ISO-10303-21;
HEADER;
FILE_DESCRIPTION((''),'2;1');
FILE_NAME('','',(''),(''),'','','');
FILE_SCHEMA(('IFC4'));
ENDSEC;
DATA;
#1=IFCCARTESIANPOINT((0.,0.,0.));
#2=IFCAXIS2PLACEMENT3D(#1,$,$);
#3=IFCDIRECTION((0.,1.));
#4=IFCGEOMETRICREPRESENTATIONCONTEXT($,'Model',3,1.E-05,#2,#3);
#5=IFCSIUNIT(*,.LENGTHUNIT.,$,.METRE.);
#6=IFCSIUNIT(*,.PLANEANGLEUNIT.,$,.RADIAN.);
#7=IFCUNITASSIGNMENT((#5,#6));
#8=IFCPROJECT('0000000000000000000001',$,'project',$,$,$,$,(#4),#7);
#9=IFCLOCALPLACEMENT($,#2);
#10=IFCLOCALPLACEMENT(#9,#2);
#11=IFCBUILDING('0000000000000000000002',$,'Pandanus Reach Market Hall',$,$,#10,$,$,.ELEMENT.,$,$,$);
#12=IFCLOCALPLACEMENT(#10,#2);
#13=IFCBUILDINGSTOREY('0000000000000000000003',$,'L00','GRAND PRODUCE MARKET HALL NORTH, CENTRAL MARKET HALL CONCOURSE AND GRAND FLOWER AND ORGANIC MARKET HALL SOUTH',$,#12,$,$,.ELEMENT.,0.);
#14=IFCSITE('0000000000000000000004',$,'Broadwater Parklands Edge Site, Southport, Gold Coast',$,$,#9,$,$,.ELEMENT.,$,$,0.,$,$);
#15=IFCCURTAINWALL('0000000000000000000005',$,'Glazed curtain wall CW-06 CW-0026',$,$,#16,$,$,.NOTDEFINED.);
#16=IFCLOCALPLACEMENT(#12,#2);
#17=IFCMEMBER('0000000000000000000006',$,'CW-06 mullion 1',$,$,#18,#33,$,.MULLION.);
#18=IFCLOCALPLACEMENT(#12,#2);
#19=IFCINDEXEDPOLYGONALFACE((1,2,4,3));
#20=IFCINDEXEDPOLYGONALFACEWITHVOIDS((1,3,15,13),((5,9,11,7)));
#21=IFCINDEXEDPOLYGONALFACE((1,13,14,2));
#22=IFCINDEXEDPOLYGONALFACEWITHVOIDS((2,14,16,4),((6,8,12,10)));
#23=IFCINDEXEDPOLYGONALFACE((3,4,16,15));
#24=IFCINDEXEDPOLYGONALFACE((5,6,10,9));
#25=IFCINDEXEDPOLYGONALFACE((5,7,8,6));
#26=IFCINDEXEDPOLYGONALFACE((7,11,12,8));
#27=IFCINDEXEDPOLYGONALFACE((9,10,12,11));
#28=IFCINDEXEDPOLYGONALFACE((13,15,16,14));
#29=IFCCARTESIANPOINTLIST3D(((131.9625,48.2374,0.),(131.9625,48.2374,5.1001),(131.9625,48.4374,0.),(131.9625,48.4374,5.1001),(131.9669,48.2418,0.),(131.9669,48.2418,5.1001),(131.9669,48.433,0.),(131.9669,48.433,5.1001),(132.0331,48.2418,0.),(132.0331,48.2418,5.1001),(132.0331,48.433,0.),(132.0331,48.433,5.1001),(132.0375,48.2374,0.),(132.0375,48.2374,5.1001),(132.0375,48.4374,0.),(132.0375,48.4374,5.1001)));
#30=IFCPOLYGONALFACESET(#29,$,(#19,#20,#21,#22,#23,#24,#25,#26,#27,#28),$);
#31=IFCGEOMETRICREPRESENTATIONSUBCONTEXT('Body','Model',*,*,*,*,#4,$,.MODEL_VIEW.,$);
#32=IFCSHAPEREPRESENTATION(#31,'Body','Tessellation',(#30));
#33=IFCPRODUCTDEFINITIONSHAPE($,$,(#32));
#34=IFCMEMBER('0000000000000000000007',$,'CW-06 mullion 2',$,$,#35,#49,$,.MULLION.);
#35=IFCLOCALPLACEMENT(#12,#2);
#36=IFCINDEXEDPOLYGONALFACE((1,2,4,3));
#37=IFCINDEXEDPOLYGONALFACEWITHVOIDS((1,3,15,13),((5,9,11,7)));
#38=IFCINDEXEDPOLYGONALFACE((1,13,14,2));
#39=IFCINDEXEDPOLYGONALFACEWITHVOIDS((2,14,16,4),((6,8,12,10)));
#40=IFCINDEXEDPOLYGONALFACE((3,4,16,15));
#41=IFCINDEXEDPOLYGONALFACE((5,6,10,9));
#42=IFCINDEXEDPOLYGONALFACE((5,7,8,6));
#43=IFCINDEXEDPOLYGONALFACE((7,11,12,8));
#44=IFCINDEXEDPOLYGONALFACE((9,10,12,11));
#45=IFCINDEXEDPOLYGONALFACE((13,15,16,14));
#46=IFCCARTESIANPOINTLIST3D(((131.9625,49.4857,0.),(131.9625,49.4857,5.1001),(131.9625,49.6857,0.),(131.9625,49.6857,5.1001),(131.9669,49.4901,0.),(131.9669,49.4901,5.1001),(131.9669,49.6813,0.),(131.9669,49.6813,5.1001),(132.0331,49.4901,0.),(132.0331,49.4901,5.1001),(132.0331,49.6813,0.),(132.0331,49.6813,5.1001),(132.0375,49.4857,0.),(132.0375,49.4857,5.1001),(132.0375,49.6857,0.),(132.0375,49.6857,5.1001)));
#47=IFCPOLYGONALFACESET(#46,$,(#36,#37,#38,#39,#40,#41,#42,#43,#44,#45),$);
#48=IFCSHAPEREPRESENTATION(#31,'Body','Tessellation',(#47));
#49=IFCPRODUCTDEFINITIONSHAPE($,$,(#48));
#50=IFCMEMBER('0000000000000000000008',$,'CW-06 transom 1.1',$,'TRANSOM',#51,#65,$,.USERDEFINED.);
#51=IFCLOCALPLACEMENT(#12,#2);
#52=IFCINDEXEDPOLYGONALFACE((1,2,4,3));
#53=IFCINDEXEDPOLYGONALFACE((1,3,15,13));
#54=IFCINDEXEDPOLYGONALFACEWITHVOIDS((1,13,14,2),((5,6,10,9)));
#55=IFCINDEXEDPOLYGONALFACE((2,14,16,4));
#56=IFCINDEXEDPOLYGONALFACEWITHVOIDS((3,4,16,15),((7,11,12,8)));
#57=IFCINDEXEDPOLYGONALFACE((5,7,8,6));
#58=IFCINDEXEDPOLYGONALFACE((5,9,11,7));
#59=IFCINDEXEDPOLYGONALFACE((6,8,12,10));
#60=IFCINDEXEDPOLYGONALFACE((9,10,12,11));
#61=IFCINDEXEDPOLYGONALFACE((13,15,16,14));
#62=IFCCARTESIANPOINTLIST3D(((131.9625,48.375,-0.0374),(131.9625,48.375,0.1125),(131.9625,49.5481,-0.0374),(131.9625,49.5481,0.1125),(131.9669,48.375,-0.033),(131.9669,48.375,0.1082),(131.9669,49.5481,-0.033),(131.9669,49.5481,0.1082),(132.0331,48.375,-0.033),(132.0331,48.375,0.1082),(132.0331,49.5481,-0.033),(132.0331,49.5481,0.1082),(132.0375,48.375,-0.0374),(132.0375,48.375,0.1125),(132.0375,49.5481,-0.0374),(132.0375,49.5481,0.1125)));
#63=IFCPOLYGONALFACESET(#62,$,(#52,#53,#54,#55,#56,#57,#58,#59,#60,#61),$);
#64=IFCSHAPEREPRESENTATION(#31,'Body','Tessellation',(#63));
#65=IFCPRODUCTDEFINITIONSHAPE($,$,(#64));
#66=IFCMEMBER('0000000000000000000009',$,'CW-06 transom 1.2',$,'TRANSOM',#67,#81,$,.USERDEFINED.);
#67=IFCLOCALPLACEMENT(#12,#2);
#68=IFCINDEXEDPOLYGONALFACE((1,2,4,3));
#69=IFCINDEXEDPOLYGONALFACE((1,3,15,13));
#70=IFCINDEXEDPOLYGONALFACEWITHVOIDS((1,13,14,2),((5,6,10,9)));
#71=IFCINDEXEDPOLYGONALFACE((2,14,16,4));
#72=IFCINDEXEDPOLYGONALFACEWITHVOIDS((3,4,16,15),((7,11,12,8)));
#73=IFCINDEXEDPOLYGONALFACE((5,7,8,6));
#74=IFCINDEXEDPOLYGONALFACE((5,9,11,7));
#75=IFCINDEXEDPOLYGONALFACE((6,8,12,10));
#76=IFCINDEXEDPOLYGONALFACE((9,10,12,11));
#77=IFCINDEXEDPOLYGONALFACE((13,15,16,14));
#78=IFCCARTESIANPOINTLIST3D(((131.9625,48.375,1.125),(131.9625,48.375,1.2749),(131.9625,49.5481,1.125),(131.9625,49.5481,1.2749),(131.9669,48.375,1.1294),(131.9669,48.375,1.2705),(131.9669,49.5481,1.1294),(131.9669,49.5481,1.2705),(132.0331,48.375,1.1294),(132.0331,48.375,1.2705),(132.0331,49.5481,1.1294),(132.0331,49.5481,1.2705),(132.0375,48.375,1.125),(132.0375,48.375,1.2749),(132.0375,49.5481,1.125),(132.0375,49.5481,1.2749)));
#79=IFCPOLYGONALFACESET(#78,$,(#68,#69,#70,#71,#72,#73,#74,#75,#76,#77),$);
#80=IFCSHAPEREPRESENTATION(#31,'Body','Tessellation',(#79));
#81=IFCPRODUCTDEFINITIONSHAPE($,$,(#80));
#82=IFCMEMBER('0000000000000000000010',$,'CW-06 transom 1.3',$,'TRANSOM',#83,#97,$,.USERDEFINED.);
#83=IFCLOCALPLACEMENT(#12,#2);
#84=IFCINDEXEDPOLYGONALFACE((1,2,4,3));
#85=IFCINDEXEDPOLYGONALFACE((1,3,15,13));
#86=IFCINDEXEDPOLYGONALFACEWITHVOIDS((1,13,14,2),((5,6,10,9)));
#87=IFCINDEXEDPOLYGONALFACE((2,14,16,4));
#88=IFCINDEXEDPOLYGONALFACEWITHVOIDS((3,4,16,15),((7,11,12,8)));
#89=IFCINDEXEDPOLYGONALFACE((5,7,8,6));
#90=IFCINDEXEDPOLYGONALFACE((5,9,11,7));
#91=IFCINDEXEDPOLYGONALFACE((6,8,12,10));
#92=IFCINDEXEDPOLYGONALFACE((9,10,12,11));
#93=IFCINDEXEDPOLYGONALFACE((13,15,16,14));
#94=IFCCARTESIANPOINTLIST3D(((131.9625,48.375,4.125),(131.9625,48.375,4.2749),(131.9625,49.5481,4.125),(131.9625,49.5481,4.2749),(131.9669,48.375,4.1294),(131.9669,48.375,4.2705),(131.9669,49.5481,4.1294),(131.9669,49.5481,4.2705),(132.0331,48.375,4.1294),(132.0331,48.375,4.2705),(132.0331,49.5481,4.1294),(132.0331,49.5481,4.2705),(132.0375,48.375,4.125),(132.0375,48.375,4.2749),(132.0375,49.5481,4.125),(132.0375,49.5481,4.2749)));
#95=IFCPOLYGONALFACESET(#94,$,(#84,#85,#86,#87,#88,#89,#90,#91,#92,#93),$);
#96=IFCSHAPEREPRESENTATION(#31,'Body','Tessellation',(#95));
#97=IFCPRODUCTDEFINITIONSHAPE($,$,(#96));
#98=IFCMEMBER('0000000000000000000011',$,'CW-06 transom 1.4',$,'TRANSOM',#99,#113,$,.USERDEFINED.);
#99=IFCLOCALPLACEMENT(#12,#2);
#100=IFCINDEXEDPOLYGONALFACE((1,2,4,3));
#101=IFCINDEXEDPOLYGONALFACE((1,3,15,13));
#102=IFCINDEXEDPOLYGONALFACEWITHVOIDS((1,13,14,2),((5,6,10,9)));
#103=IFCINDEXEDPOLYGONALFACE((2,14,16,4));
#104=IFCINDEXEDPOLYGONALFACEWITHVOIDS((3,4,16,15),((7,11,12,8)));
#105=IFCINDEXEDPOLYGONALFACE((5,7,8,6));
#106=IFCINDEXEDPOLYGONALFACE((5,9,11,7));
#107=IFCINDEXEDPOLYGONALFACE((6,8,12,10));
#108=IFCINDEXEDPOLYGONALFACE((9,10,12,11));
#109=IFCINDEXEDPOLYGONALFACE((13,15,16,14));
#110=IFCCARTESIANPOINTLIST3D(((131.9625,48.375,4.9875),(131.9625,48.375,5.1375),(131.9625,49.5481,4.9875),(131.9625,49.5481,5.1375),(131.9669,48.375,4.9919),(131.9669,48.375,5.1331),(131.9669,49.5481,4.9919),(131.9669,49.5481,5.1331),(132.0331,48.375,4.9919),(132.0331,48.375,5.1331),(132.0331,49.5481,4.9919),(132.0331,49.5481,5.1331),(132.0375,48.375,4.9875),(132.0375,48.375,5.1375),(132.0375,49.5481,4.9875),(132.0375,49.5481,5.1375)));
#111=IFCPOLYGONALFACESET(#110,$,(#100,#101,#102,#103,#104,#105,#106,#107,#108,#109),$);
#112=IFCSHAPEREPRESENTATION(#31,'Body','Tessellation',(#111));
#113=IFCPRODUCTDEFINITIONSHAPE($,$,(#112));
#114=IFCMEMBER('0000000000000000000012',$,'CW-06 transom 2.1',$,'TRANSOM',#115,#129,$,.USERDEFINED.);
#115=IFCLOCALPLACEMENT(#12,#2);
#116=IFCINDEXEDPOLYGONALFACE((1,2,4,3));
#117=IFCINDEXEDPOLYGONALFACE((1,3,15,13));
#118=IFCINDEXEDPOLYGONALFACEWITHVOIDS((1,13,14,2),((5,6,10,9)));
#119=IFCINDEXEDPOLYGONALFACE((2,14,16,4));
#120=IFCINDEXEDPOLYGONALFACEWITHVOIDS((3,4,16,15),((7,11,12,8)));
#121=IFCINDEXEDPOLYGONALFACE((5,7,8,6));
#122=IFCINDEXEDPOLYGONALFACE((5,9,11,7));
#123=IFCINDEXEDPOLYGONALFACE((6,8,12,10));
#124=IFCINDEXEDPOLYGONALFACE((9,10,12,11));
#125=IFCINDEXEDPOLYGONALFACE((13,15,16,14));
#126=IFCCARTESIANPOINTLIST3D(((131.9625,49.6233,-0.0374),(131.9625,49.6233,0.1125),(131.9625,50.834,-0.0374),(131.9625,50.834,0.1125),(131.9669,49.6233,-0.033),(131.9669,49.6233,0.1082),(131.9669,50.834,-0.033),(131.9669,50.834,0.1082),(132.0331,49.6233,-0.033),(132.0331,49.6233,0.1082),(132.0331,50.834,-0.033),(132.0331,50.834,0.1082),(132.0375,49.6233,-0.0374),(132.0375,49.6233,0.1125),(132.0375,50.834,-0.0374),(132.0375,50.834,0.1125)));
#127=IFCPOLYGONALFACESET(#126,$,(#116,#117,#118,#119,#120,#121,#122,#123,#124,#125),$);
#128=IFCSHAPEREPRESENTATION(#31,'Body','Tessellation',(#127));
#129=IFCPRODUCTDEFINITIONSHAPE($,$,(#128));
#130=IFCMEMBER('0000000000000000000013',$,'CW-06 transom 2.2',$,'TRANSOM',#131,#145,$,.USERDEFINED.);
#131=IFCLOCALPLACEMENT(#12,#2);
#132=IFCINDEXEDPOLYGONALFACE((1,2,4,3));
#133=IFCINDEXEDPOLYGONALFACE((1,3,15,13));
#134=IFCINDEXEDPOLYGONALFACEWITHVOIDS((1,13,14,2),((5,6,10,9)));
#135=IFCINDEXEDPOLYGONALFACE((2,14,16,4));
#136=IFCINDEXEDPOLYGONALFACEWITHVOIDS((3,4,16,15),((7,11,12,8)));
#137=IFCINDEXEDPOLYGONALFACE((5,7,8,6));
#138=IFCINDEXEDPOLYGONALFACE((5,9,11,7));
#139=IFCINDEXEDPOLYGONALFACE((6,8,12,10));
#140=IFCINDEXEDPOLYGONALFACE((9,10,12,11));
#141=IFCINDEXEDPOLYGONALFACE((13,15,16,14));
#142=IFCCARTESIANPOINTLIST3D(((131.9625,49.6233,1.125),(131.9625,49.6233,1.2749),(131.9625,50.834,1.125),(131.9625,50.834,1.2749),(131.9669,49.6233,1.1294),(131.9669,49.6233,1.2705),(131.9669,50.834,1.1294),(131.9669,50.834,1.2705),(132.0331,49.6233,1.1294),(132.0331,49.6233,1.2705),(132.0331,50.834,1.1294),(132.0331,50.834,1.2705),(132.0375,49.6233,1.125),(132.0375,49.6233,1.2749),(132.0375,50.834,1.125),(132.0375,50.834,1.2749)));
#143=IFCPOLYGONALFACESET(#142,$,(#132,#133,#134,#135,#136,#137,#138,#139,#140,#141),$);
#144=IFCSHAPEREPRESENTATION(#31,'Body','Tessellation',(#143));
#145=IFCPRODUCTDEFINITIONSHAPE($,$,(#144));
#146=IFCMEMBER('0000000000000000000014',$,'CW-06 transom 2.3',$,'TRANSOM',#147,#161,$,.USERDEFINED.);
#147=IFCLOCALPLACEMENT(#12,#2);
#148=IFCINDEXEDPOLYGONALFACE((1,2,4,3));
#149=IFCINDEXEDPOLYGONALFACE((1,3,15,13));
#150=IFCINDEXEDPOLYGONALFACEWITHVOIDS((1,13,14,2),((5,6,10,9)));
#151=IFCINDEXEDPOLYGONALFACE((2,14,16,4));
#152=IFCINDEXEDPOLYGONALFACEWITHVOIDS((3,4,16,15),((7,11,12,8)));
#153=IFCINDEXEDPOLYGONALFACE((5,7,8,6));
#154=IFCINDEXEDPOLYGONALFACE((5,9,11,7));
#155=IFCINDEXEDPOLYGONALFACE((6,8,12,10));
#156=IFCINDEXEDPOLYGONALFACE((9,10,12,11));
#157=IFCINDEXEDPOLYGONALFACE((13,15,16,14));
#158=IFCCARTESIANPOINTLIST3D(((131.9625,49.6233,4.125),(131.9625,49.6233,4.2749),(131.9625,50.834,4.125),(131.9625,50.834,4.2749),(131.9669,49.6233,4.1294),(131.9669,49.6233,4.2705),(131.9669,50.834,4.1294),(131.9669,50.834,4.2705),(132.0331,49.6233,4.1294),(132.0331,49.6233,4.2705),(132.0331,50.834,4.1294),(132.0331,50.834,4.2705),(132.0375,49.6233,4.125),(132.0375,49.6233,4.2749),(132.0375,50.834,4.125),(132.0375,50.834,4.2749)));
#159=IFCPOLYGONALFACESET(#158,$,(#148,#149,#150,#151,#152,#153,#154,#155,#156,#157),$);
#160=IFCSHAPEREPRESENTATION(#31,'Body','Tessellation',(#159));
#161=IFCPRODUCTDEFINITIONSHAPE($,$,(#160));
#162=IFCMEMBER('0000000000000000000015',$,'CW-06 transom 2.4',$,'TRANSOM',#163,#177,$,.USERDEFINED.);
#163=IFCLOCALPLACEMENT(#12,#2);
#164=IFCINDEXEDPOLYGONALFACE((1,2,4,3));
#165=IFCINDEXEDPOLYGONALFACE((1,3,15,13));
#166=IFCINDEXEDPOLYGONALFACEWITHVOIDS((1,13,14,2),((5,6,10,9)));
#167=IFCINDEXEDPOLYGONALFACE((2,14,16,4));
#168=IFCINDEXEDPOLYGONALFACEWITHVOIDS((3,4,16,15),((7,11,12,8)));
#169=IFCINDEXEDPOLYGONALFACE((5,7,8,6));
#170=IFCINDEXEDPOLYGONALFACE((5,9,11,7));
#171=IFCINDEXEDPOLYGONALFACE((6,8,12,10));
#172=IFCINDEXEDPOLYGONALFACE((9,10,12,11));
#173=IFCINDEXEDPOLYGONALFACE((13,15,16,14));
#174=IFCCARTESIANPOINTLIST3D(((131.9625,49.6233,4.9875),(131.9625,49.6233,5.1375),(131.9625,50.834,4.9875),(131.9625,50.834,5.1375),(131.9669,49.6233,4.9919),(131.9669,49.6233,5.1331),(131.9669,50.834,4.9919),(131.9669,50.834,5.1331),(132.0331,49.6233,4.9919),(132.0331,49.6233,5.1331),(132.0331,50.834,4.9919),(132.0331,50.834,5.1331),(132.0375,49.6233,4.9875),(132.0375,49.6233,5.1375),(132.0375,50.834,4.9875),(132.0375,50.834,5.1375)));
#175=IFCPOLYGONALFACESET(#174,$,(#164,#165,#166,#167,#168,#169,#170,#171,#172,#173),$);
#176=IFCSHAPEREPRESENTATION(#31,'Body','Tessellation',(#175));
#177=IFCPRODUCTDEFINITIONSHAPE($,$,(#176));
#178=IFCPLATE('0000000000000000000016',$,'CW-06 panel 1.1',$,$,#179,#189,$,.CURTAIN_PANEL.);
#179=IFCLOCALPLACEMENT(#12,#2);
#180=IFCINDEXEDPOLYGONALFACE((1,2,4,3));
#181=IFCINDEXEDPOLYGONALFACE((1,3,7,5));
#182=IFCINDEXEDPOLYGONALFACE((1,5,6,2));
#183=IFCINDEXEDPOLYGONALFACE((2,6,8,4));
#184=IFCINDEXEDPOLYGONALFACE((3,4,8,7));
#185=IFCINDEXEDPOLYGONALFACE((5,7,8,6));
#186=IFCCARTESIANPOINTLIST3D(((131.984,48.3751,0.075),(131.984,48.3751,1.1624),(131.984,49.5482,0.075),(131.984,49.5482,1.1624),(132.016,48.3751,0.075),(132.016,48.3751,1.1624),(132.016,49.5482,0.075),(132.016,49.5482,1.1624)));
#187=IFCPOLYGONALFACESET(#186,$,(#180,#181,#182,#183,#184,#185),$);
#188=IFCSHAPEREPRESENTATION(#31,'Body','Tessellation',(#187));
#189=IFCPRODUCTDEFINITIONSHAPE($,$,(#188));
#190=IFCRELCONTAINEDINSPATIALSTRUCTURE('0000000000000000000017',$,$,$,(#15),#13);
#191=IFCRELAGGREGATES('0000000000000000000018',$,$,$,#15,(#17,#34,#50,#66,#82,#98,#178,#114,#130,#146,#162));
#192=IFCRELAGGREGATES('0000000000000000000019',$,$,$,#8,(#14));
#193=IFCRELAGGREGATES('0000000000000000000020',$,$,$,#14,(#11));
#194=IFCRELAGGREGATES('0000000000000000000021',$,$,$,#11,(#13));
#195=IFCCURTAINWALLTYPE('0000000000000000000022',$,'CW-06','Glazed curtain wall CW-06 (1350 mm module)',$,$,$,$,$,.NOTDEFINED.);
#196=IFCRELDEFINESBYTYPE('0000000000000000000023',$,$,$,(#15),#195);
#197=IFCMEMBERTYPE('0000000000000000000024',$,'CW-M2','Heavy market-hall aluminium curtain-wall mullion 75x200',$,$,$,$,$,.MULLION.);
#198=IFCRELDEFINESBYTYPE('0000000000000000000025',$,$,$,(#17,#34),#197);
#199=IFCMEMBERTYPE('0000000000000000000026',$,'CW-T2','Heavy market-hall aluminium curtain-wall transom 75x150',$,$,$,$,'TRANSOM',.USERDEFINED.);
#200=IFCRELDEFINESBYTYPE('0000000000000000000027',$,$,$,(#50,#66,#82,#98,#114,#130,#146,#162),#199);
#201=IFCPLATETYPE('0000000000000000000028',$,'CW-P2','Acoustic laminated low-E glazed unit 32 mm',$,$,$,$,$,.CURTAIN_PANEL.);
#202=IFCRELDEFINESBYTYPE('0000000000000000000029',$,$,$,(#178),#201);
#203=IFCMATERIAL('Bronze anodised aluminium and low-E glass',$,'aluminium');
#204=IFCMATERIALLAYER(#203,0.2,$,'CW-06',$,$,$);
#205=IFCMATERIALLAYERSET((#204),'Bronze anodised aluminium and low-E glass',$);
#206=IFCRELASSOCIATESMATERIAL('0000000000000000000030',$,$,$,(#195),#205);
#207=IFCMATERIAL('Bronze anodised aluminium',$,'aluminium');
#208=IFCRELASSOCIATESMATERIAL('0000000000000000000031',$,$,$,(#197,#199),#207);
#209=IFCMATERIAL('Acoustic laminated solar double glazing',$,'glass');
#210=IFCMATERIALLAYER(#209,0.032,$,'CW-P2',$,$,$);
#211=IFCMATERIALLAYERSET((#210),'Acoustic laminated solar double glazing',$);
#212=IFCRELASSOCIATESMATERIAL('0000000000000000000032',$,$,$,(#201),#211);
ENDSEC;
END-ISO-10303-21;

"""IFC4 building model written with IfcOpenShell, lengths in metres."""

from ifc_helpers import new_model, si_unit, direction, frame, origin, origin_2d, place, context, subcontext, project, spatial, rectangle, hollow_rectangle, extrude, material, layer, layer_set, material_profile, profile_set, type_object, element, aggregate, save


model = new_model("IFC4")

# Units and contexts
model_context = context("Model", 3, precision=1e-05, world=origin(), true_north=direction((0.0, 1.0)))
body_context = subcontext(model_context, "Body", "Model", "MODEL_VIEW")
ifc_project = project(units=[si_unit("LENGTHUNIT", "METRE"), si_unit("PLANEANGLEUNIT", "RADIAN")], contexts=[model_context])

# Site, building, storey
site_placement = place(None, origin())
site = spatial("IfcSite", under=ifc_project, at=site_placement, Name="Broadwater Parklands Edge Site, Southport, Gold Coast", CompositionType="ELEMENT", RefElevation=0.0)
building_placement = place(site_placement, origin())
building = spatial("IfcBuilding", under=site, at=building_placement, Name="Pandanus Reach Market Hall", CompositionType="ELEMENT")
storey_placement = place(building_placement, origin())
storey = spatial("IfcBuildingStorey", under=building, at=storey_placement, Name="L00", Description="GRAND PRODUCE MARKET HALL NORTH, CENTRAL MARKET HALL CONCOURSE AND GRAND FLOWER AND ORGANIC MARKET HALL SOUTH", CompositionType="ELEMENT", Elevation=0.0)

# Curtain wall, members, plate
ifc_material_1 = material(Name="Bronze anodised aluminium and low-E glass", Category="aluminium")
ifc_layer_1 = layer(ifc_material_1, 0.2, Name="CW-06")
ifc_layer_set_1 = layer_set([ifc_layer_1], Name="Bronze anodised aluminium and low-E glass")
curtain_wall_type = type_object("IfcCurtainWallType", Name="CW-06", Description="Glazed curtain wall CW-06 (1350 mm module)", PredefinedType="NOTDEFINED", material=ifc_layer_set_1)
curtain_wall_placement = place(storey_placement, origin())
curtain_wall = element("IfcCurtainWall", 1, at=curtain_wall_placement, inside=storey, type_object=curtain_wall_type, Name="Glazed curtain wall CW-06 CW-0026", PredefinedType="NOTDEFINED")
ifc_material_2 = material(Name="Bronze anodised aluminium", Category="aluminium")
ifc_material_profile_1 = material_profile(ifc_material_2, hollow_rectangle(XDim=0.075, YDim=0.2, WallThickness=0.0044, at=origin_2d()), Name="ALU75x200", Category="LoadBearing")
ifc_profile_set_1 = profile_set([ifc_material_profile_1], Name="Bronze anodised aluminium")
member_type_1 = type_object("IfcMemberType", Name="CW-M2", Description="Heavy market-hall aluminium curtain-wall mullion 75x200", PredefinedType="MULLION", material=ifc_profile_set_1)
member_1_placement = place(storey_placement, frame((132.0, 48.3374, 0.0), z_axis=(0.0, 0.0, 1.0), x_axis=(-1.0, 0.0, 0.0)))
member_1 = element("IfcMember", 2, at=member_1_placement, type_object=member_type_1, Name="CW-06 mullion 1", PredefinedType="MULLION", context=body_context, shape_type="SweptSolid", body=[
    extrude(hollow_rectangle(XDim=0.075, YDim=0.2, WallThickness=0.0044, at=origin_2d()), origin(), (0.0, 0.0, 1.0), 5.1001),
])
member_2_placement = place(storey_placement, frame((132.0, 49.5857, 0.0), z_axis=(0.0, 0.0, 1.0), x_axis=(-1.0, 0.0, 0.0)))
member_2 = element("IfcMember", 3, at=member_2_placement, type_object=member_type_1, Name="CW-06 mullion 2", PredefinedType="MULLION", context=body_context, shape_type="SweptSolid", body=[
    extrude(hollow_rectangle(XDim=0.075, YDim=0.2, WallThickness=0.0044, at=origin_2d()), origin(), (0.0, 0.0, 1.0), 5.1001),
])
ifc_material_profile_2 = material_profile(ifc_material_2, hollow_rectangle(XDim=0.075, YDim=0.1499, WallThickness=0.0044, at=origin_2d()), Name="ALU75x150", Category="LoadBearing")
ifc_profile_set_2 = profile_set([ifc_material_profile_2], Name="Bronze anodised aluminium")
member_type_2 = type_object("IfcMemberType", Name="CW-T2", Description="Heavy market-hall aluminium curtain-wall transom 75x150", ElementType="TRANSOM", PredefinedType="USERDEFINED", material=ifc_profile_set_2)
member_3_placement = place(storey_placement, frame((132.0, 48.375, 0.0376), z_axis=(0.0, 1.0, 0.0), x_axis=(-1.0, 0.0, 0.0)))
member_3 = element("IfcMember", 4, at=member_3_placement, type_object=member_type_2, Name="CW-06 transom 1.1", ObjectType="TRANSOM", PredefinedType="USERDEFINED", context=body_context, shape_type="SweptSolid", body=[
    extrude(hollow_rectangle(XDim=0.075, YDim=0.1499, WallThickness=0.0044, at=origin_2d()), origin(), (0.0, 0.0, 1.0), 1.1731),
])
member_4_placement = place(storey_placement, frame((132.0, 48.375, 1.2), z_axis=(0.0, 1.0, 0.0), x_axis=(-1.0, 0.0, 0.0)))
member_4 = element("IfcMember", 5, at=member_4_placement, type_object=member_type_2, Name="CW-06 transom 1.2", ObjectType="TRANSOM", PredefinedType="USERDEFINED", context=body_context, shape_type="SweptSolid", body=[
    extrude(hollow_rectangle(XDim=0.075, YDim=0.1499, WallThickness=0.0044, at=origin_2d()), origin(), (0.0, 0.0, 1.0), 1.1731),
])
member_5_placement = place(storey_placement, frame((132.0, 48.375, 4.2), z_axis=(0.0, 1.0, 0.0), x_axis=(-1.0, 0.0, 0.0)))
member_5 = element("IfcMember", 6, at=member_5_placement, type_object=member_type_2, Name="CW-06 transom 1.3", ObjectType="TRANSOM", PredefinedType="USERDEFINED", context=body_context, shape_type="SweptSolid", body=[
    extrude(hollow_rectangle(XDim=0.075, YDim=0.1499, WallThickness=0.0044, at=origin_2d()), origin(), (0.0, 0.0, 1.0), 1.1731),
])
member_6_placement = place(storey_placement, frame((132.0, 48.375, 5.0625), z_axis=(0.0, 1.0, 0.0), x_axis=(-1.0, 0.0, 0.0)))
member_6 = element("IfcMember", 7, at=member_6_placement, type_object=member_type_2, Name="CW-06 transom 1.4", ObjectType="TRANSOM", PredefinedType="USERDEFINED", context=body_context, shape_type="SweptSolid", body=[
    extrude(hollow_rectangle(XDim=0.075, YDim=0.1499, WallThickness=0.0044, at=origin_2d()), origin(), (0.0, 0.0, 1.0), 1.1731),
])
member_7_placement = place(storey_placement, frame((132.0, 49.6233, 0.0376), z_axis=(0.0, 1.0, 0.0), x_axis=(-1.0, 0.0, 0.0)))
member_7 = element("IfcMember", 8, at=member_7_placement, type_object=member_type_2, Name="CW-06 transom 2.1", ObjectType="TRANSOM", PredefinedType="USERDEFINED", context=body_context, shape_type="SweptSolid", body=[
    extrude(hollow_rectangle(XDim=0.075, YDim=0.1499, WallThickness=0.0044, at=origin_2d()), origin(), (0.0, 0.0, 1.0), 1.2107),
])
member_8_placement = place(storey_placement, frame((132.0, 49.6233, 1.2), z_axis=(0.0, 1.0, 0.0), x_axis=(-1.0, 0.0, 0.0)))
member_8 = element("IfcMember", 9, at=member_8_placement, type_object=member_type_2, Name="CW-06 transom 2.2", ObjectType="TRANSOM", PredefinedType="USERDEFINED", context=body_context, shape_type="SweptSolid", body=[
    extrude(hollow_rectangle(XDim=0.075, YDim=0.1499, WallThickness=0.0044, at=origin_2d()), origin(), (0.0, 0.0, 1.0), 1.2107),
])
member_9_placement = place(storey_placement, frame((132.0, 49.6233, 4.2), z_axis=(0.0, 1.0, 0.0), x_axis=(-1.0, 0.0, 0.0)))
member_9 = element("IfcMember", 10, at=member_9_placement, type_object=member_type_2, Name="CW-06 transom 2.3", ObjectType="TRANSOM", PredefinedType="USERDEFINED", context=body_context, shape_type="SweptSolid", body=[
    extrude(hollow_rectangle(XDim=0.075, YDim=0.1499, WallThickness=0.0044, at=origin_2d()), origin(), (0.0, 0.0, 1.0), 1.2107),
])
member_10_placement = place(storey_placement, frame((132.0, 49.6233, 5.0625), z_axis=(0.0, 1.0, 0.0), x_axis=(-1.0, 0.0, 0.0)))
member_10 = element("IfcMember", 11, at=member_10_placement, type_object=member_type_2, Name="CW-06 transom 2.4", ObjectType="TRANSOM", PredefinedType="USERDEFINED", context=body_context, shape_type="SweptSolid", body=[
    extrude(hollow_rectangle(XDim=0.075, YDim=0.1499, WallThickness=0.0044, at=origin_2d()), origin(), (0.0, 0.0, 1.0), 1.2107),
])
ifc_material_3 = material(Name="Acoustic laminated solar double glazing", Category="glass")
ifc_layer_2 = layer(ifc_material_3, 0.032, Name="CW-P2")
ifc_layer_set_2 = layer_set([ifc_layer_2], Name="Acoustic laminated solar double glazing")
plate_type = type_object("IfcPlateType", Name="CW-P2", Description="Acoustic laminated low-E glazed unit 32 mm", PredefinedType="CURTAIN_PANEL", material=ifc_layer_set_2)
plate_1_placement = place(storey_placement, frame((132.0, 48.9617, 0.075), z_axis=(0.0, 0.0, 1.0), x_axis=(0.0, 1.0, 0.0)))
plate_1 = element("IfcPlate", 12, at=plate_1_placement, type_object=plate_type, Name="CW-06 panel 1.1", PredefinedType="CURTAIN_PANEL", context=body_context, shape_type="SweptSolid", body=[
    extrude(rectangle(XDim=1.1731, YDim=0.032, at=origin_2d()), origin(), (0.0, 0.0, 1.0), 1.0874),
])
aggregate(curtain_wall, [member_1, member_2, member_3, member_4, member_5, member_6, plate_1, member_7, member_8, member_9, member_10])

save(model, "model.ifc")
